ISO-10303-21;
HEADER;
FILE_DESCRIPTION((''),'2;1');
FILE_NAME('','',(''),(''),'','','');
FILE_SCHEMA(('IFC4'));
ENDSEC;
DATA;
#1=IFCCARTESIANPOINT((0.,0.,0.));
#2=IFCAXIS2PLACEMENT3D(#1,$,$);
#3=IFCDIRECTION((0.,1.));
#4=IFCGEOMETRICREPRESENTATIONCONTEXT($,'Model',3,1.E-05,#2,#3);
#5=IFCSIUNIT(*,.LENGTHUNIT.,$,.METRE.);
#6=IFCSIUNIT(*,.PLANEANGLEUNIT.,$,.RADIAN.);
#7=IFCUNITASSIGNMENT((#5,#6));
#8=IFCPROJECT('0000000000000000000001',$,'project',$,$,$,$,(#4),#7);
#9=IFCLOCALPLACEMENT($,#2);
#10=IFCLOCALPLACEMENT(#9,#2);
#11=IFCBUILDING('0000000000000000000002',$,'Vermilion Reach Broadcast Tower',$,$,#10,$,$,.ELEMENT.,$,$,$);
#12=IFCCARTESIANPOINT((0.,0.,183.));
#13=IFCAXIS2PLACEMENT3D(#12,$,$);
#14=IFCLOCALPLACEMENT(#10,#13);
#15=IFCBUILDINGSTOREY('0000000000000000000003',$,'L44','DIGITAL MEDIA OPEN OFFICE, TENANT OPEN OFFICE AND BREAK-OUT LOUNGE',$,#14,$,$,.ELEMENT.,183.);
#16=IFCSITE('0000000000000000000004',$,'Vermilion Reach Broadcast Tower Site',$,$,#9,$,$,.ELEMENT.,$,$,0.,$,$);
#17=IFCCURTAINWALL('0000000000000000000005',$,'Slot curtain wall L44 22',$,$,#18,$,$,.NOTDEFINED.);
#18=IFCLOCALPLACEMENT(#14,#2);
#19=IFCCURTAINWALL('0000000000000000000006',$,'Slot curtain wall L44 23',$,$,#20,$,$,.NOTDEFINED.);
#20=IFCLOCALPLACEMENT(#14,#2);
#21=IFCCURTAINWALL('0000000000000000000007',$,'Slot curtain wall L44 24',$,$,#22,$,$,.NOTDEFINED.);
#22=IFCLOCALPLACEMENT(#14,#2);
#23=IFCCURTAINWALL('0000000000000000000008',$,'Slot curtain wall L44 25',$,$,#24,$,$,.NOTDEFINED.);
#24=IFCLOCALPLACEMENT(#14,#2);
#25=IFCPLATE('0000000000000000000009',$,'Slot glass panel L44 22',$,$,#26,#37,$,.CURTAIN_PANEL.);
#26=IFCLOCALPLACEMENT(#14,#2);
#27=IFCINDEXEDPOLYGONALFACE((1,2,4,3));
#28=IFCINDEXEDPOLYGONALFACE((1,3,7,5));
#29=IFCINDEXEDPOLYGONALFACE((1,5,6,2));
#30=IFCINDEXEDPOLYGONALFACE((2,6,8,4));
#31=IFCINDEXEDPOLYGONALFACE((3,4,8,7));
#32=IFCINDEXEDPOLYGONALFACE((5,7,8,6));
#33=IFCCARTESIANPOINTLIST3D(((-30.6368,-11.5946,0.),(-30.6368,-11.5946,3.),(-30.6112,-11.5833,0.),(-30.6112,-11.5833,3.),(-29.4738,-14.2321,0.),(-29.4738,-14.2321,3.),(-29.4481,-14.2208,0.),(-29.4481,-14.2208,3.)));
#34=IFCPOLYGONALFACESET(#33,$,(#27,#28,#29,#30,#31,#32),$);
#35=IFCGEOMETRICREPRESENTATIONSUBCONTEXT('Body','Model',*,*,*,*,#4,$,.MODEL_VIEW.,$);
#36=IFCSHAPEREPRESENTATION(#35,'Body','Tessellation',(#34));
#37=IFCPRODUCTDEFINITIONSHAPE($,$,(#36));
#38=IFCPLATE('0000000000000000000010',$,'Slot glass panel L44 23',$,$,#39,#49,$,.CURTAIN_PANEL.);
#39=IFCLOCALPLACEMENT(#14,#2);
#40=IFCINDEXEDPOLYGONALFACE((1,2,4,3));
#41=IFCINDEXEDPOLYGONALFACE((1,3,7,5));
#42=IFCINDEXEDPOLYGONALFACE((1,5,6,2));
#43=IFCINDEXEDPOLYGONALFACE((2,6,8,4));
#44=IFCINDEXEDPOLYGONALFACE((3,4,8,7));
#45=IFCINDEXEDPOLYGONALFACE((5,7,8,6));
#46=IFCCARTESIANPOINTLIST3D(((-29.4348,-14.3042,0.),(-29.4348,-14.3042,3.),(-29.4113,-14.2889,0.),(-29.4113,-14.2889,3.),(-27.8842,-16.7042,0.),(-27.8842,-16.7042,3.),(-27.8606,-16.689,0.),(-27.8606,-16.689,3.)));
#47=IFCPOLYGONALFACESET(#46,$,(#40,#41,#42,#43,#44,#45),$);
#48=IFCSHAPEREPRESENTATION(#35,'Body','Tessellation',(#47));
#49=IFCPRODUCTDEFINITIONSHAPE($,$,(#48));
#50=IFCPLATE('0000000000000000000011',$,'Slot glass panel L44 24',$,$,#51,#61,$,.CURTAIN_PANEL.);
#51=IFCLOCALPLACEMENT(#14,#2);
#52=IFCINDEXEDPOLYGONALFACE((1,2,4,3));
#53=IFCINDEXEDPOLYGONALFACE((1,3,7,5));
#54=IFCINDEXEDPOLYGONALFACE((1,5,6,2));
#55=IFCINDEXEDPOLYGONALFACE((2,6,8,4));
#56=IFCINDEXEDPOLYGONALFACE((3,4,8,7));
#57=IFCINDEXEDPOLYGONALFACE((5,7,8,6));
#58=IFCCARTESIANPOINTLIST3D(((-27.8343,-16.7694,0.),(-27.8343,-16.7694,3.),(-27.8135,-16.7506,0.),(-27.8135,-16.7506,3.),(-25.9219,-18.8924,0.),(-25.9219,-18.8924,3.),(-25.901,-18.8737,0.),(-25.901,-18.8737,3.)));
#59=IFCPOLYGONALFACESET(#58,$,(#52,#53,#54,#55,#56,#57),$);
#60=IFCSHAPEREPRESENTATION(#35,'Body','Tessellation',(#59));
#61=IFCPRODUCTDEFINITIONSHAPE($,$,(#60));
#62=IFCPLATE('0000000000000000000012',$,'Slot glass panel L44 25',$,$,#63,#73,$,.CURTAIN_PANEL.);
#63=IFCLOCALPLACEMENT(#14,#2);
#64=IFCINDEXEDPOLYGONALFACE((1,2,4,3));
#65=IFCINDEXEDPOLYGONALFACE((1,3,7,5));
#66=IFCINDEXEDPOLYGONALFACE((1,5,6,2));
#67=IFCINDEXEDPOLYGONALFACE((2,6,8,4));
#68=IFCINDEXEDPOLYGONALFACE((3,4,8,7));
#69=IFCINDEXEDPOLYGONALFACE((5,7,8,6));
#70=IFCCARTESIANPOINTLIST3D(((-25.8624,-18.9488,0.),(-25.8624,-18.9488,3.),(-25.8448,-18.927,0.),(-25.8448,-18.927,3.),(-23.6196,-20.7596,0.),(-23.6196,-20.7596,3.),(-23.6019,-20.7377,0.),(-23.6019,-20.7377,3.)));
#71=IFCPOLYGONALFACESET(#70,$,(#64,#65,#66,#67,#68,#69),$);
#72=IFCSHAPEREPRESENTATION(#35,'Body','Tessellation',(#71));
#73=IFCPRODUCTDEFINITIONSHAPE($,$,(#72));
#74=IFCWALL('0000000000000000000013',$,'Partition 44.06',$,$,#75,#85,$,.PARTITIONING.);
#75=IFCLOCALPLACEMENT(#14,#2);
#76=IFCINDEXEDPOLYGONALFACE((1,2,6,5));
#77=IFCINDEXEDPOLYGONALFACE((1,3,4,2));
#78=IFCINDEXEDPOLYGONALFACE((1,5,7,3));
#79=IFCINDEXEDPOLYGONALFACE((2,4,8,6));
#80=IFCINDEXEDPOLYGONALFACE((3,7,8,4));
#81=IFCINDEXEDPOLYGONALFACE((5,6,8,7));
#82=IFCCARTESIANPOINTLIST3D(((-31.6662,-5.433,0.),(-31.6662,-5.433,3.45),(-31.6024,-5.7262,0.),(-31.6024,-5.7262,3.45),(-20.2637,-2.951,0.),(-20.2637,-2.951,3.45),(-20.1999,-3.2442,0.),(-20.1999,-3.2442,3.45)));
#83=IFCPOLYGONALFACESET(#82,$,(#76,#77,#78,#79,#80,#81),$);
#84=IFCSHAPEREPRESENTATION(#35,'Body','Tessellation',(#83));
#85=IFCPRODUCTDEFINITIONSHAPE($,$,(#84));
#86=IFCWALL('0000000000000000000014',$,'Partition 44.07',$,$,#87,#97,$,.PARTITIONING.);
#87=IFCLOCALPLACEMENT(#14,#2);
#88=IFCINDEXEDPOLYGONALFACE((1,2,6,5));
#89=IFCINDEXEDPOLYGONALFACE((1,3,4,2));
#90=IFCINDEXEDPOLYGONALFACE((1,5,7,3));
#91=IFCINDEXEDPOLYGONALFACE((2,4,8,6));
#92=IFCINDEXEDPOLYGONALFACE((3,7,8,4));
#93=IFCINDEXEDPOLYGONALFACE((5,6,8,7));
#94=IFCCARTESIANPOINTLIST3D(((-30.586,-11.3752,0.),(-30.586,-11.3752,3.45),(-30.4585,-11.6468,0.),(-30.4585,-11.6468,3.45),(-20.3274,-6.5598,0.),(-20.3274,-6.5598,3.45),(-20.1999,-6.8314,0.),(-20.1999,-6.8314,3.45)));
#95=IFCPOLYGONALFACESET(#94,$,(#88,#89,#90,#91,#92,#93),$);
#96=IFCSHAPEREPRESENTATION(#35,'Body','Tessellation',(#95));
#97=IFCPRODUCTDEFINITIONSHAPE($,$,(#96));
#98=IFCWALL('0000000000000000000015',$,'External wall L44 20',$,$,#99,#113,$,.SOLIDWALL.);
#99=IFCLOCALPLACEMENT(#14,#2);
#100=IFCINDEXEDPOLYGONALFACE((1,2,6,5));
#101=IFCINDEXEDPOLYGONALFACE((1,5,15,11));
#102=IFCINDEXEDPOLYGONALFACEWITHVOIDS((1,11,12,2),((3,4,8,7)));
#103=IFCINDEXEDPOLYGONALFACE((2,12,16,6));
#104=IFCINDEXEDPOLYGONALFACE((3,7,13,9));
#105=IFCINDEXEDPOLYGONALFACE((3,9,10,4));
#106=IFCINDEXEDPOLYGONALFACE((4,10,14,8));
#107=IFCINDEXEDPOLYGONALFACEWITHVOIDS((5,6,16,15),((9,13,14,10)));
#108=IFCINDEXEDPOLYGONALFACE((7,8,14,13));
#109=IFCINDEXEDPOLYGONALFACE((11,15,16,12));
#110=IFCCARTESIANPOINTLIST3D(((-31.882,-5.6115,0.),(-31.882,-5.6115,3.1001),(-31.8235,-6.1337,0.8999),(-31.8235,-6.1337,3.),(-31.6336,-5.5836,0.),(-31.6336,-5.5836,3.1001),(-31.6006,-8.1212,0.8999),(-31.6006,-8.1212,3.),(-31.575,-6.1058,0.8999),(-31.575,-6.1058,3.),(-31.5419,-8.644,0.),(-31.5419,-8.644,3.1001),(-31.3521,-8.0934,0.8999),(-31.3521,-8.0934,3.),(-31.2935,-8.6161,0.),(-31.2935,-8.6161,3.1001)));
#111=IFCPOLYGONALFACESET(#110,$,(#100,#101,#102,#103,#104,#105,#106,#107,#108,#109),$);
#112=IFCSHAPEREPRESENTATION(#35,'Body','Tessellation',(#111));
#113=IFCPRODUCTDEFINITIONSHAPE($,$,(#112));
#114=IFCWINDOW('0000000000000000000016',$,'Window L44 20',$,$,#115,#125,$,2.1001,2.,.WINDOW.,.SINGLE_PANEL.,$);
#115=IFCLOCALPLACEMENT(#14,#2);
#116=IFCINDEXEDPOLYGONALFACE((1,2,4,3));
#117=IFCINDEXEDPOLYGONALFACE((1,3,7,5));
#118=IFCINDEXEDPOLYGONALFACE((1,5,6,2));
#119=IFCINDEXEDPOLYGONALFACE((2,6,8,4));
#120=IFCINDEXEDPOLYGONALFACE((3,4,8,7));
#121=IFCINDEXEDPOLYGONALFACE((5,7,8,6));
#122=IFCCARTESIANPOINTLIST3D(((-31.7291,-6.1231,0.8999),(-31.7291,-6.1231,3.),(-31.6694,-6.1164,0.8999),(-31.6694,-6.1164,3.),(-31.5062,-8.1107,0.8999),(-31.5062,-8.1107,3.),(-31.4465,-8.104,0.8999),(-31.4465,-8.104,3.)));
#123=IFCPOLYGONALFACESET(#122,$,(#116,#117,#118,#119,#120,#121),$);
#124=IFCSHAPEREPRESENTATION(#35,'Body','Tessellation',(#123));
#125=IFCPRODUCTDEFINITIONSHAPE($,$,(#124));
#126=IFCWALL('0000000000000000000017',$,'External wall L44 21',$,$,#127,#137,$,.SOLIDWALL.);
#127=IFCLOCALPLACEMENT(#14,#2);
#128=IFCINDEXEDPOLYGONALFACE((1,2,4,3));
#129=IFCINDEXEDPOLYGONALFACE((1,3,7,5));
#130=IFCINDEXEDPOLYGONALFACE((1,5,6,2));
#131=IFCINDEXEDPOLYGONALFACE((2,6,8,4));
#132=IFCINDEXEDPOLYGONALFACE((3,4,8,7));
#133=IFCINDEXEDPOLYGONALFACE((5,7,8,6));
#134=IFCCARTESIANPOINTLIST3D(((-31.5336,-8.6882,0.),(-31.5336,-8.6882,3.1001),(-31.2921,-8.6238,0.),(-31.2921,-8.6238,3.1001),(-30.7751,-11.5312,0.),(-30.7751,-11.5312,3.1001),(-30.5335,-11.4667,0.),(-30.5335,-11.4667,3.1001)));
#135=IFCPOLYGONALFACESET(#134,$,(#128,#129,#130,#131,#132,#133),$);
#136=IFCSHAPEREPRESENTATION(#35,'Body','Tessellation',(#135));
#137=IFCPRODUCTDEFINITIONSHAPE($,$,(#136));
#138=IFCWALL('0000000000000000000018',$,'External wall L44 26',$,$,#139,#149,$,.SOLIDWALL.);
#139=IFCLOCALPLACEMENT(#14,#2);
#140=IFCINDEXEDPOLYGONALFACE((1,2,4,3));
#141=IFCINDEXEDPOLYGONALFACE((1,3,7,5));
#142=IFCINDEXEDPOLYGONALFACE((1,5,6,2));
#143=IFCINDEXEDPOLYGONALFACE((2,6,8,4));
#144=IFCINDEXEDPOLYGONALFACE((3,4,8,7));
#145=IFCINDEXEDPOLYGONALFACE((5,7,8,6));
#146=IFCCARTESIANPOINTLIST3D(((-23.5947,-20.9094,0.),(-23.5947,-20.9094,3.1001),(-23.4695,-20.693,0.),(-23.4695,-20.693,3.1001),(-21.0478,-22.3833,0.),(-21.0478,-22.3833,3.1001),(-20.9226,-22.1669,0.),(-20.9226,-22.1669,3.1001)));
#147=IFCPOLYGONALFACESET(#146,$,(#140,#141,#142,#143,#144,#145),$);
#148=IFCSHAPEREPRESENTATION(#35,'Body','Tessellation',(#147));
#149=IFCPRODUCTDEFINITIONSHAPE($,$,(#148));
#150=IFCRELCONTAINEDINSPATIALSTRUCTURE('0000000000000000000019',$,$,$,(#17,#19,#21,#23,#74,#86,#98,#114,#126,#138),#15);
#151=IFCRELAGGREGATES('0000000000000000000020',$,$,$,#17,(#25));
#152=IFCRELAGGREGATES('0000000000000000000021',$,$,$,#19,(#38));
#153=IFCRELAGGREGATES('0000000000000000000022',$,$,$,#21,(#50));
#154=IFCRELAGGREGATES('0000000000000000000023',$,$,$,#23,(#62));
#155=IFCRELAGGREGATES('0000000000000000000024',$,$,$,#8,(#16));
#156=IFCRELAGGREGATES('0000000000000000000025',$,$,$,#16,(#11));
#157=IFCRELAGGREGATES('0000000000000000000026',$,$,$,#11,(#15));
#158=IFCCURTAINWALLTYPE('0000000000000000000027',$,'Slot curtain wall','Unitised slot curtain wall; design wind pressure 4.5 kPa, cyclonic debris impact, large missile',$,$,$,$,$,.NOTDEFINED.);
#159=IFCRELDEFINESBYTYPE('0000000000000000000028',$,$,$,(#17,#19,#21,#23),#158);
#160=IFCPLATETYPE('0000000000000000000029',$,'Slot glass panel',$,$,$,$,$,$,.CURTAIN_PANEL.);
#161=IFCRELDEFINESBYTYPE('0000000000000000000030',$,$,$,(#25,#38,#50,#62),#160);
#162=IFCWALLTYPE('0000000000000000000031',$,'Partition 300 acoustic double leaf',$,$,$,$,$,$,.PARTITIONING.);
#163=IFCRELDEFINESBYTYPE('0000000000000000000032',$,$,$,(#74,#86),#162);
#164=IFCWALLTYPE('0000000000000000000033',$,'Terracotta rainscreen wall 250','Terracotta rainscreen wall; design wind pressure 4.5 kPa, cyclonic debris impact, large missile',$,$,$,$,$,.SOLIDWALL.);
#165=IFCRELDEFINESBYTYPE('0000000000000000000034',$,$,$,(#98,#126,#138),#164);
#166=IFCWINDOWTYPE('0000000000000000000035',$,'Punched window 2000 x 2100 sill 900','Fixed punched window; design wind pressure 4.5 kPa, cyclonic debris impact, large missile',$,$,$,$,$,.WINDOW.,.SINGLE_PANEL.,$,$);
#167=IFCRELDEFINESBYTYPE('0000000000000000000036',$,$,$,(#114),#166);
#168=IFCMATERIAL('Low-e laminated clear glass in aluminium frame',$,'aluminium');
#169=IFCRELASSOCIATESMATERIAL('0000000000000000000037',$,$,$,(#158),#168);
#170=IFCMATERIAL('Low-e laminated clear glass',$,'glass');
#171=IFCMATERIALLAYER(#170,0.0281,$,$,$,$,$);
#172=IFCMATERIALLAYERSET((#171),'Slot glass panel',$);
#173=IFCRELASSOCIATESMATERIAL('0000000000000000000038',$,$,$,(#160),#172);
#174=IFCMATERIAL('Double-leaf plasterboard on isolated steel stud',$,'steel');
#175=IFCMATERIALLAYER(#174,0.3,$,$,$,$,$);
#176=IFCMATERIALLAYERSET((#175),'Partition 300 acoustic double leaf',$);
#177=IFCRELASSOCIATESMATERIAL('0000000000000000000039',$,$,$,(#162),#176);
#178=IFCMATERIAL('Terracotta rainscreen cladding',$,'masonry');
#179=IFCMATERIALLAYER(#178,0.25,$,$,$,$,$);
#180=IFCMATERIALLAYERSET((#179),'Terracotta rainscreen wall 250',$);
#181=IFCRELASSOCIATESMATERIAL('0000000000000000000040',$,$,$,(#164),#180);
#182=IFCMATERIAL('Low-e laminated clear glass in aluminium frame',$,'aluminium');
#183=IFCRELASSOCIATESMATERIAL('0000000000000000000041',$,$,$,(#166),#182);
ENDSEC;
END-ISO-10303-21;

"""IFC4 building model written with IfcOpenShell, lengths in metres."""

from ifc_helpers import new_model, si_unit, direction, frame, frame_2d, origin, origin_2d, place, context, subcontext, project, spatial, rectangle, extrude, material, layer, layer_set, type_object, element, fill, aggregate, save


model = new_model("IFC4")

# Units and contexts
model_context = context("Model", 3, precision=1e-05, world=origin(), true_north=direction((0.0, 1.0)))
body_context = subcontext(model_context, "Body", "Model", "MODEL_VIEW")
ifc_project = project(units=[si_unit("LENGTHUNIT", "METRE"), si_unit("PLANEANGLEUNIT", "RADIAN")], contexts=[model_context])

# Site, building, storey
site_placement = place(None, origin())
site = spatial("IfcSite", under=ifc_project, at=site_placement, Name="Vermilion Reach Broadcast Tower Site", CompositionType="ELEMENT", RefElevation=0.0)
building_placement = place(site_placement, origin())
building = spatial("IfcBuilding", under=site, at=building_placement, Name="Vermilion Reach Broadcast Tower", CompositionType="ELEMENT")
storey_placement = place(building_placement, frame((0.0, 0.0, 183.0)))
storey = spatial("IfcBuildingStorey", under=building, at=storey_placement, Name="L44", Description="DIGITAL MEDIA OPEN OFFICE, TENANT OPEN OFFICE AND BREAK-OUT LOUNGE", CompositionType="ELEMENT", Elevation=183.0)

# Curtain walls
ifc_material_1 = material(Name="Low-e laminated clear glass in aluminium frame", Category="aluminium")
curtain_wall_type = type_object("IfcCurtainWallType", Name="Slot curtain wall", Description="Unitised slot curtain wall; design wind pressure 4.5 kPa, cyclonic debris impact, large missile", PredefinedType="NOTDEFINED", material=ifc_material_1)
placement = place(storey_placement, origin())
curtain_wall_1 = element("IfcCurtainWall", 1, at=placement, inside=storey, type_object=curtain_wall_type, Name="Slot curtain wall L44 22", PredefinedType="NOTDEFINED")
curtain_wall_2 = element("IfcCurtainWall", 2, at=placement, inside=storey, type_object=curtain_wall_type, Name="Slot curtain wall L44 23", PredefinedType="NOTDEFINED")
curtain_wall_3 = element("IfcCurtainWall", 3, at=placement, inside=storey, type_object=curtain_wall_type, Name="Slot curtain wall L44 24", PredefinedType="NOTDEFINED")

# Curtain wall
curtain_wall_4 = element("IfcCurtainWall", 4, at=placement, inside=storey, type_object=curtain_wall_type, Name="Slot curtain wall L44 25", PredefinedType="NOTDEFINED")

# Plates
ifc_material_2 = material(Name="Low-e laminated clear glass", Category="glass")
ifc_layer_1 = layer(ifc_material_2, 0.0281)
ifc_layer_set_1 = layer_set([ifc_layer_1], Name="Slot glass panel")
plate_type = type_object("IfcPlateType", Name="Slot glass panel", PredefinedType="CURTAIN_PANEL", material=ifc_layer_set_1)
plate_1_placement = place(storey_placement, frame((-30.0425, -12.9077, 0.0), z_axis=(0.0, 0.0, 1.0), x_axis=(0.403473, -0.914992, 0.0)))
plate_1 = element("IfcPlate", 5, at=plate_1_placement, type_object=plate_type, Name="Slot glass panel L44 22", PredefinedType="CURTAIN_PANEL", context=body_context, shape_type="SweptSolid", body=[
    extrude(rectangle(XDim=2.8826, YDim=0.0281, at=origin_2d()), origin(), (0.0, 0.0, 1.0), 3.0),
])
aggregate(curtain_wall_1, [plate_1])
plate_2_placement = place(storey_placement, frame((-28.6477, -15.4966, 0.0), z_axis=(0.0, 0.0, 1.0), x_axis=(0.542687, -0.839935, 0.0)))
plate_2 = element("IfcPlate", 6, at=plate_2_placement, type_object=plate_type, Name="Slot glass panel L44 23", PredefinedType="CURTAIN_PANEL", context=body_context, shape_type="SweptSolid", body=[
    extrude(rectangle(XDim=2.8574, YDim=0.0281, at=origin_2d()), origin(), (0.0, 0.0, 1.0), 3.0),
])
aggregate(curtain_wall_2, [plate_2])
plate_3_placement = place(storey_placement, frame((-26.8677, -17.8215, 0.0), z_axis=(0.0, 0.0, 1.0), x_axis=(0.669302, -0.74299, 0.0)))
plate_3 = element("IfcPlate", 7, at=plate_3_placement, type_object=plate_type, Name="Slot glass panel L44 24", PredefinedType="CURTAIN_PANEL", context=body_context, shape_type="SweptSolid", body=[
    extrude(rectangle(XDim=2.8574, YDim=0.0281, at=origin_2d()), origin(), (0.0, 0.0, 1.0), 3.0),
])
aggregate(curtain_wall_3, [plate_3])
plate_4_placement = place(storey_placement, frame((-24.7322, -19.8433, 0.0), z_axis=(0.0, 0.0, 1.0), x_axis=(0.778074, -0.628173, 0.0)))
plate_4 = element("IfcPlate", 8, at=plate_4_placement, type_object=plate_type, Name="Slot glass panel L44 25", PredefinedType="CURTAIN_PANEL", context=body_context, shape_type="SweptSolid", body=[
    extrude(rectangle(XDim=2.8826, YDim=0.0281, at=origin_2d()), origin(), (0.0, 0.0, 1.0), 3.0),
])
aggregate(curtain_wall_4, [plate_4])

# Walls
ifc_material_3 = material(Name="Double-leaf plasterboard on isolated steel stud", Category="steel")
ifc_layer_2 = layer(ifc_material_3, 0.3)
ifc_layer_set_2 = layer_set([ifc_layer_2], Name="Partition 300 acoustic double leaf")
wall_type_1 = type_object("IfcWallType", Name="Partition 300 acoustic double leaf", PredefinedType="PARTITIONING", material=ifc_layer_set_2)
wall_1_placement = place(storey_placement, frame((-31.6343, -5.5796, 0.0), z_axis=(0.0, 0.0, 1.0), x_axis=(0.97712, 0.212688, 0.0)))
element("IfcWall", 9, at=wall_1_placement, inside=storey, type_object=wall_type_1, Name="Partition 44.06", PredefinedType="PARTITIONING", context=body_context, shape_type="SweptSolid", body=[
    extrude(rectangle(XDim=11.6694, YDim=0.3, at=frame_2d((5.8347, 0.0))), origin(), (0.0, 0.0, 1.0), 3.45),
])
wall_2_placement = place(storey_placement, frame((-30.5222, -11.511, 0.0), z_axis=(0.0, 0.0, 1.0), x_axis=(0.90523, 0.424921, 0.0)))
element("IfcWall", 10, at=wall_2_placement, inside=storey, type_object=wall_type_1, Name="Partition 44.07", PredefinedType="PARTITIONING", context=body_context, shape_type="SweptSolid", body=[
    extrude(rectangle(XDim=11.3325, YDim=0.3, at=frame_2d((5.6663, 0.0))), origin(), (0.0, 0.0, 1.0), 3.45),
])

# Shared definitions
ifc_material_4 = material(Name="Terracotta rainscreen cladding", Category="masonry")
ifc_layer_3 = layer(ifc_material_4, 0.25)
ifc_layer_set_3 = layer_set([ifc_layer_3], Name="Terracotta rainscreen wall 250")
wall_type_2 = type_object("IfcWallType", Name="Terracotta rainscreen wall 250", Description="Terracotta rainscreen wall; design wind pressure 4.5 kPa, cyclonic debris impact, large missile", PredefinedType="SOLIDWALL", material=ifc_layer_set_3)

# Wall, opening, window
wall_3_placement = place(storey_placement, frame((-31.7578, -5.5974, 0.0), z_axis=(0.0, 0.0, 1.0), x_axis=(0.11145, -0.99377, 0.0)))
wall_3 = element("IfcWall", 11, at=wall_3_placement, inside=storey, type_object=wall_type_2, Name="External wall L44 20", PredefinedType="SOLIDWALL", context=body_context, shape_type="SweptSolid", body=[
    extrude(rectangle(XDim=3.0515, YDim=0.25, at=frame_2d((1.5259, 0.0))), origin(), (0.0, 0.0, 1.0), 3.1001),
])
opening_1_placement = place(wall_3_placement, frame((0.5256, 0.0, 0.8999)))
opening_1 = element("IfcOpeningElement", 12, at=opening_1_placement, cuts=wall_3, PredefinedType="OPENING", context=body_context, shape_type="SweptSolid", body=[
    extrude(rectangle(XDim=2.0, YDim=2.1001, at=frame_2d((1.0, 1.05))), frame((0.0, 0.135, 0.0), z_axis=(0.0, -1.0, 0.0), x_axis=(1.0, 0.0, 0.0)), (0.0, 0.0, 1.0), 0.27),
])
ifc_material_5 = material(Name="Low-e laminated clear glass in aluminium frame", Category="aluminium")
window_type = type_object("IfcWindowType", Name="Punched window 2000 x 2100 sill 900", Description="Fixed punched window; design wind pressure 4.5 kPa, cyclonic debris impact, large missile", PartitioningType="SINGLE_PANEL", PredefinedType="WINDOW", material=ifc_material_5)
window_placement = place(opening_1_placement, origin())
window = element("IfcWindow", 13, at=window_placement, inside=storey, type_object=window_type, Name="Window L44 20", OverallHeight=2.1001, OverallWidth=2.0, PartitioningType="SINGLE_PANEL", PredefinedType="WINDOW", context=body_context, shape_type="SweptSolid", body=[
    extrude(rectangle(XDim=2.0, YDim=2.1001, at=frame_2d((1.0, 1.05))), frame((0.0, 0.03, 0.0), z_axis=(0.0, -1.0, 0.0), x_axis=(1.0, 0.0, 0.0)), (0.0, 0.0, 1.0), 0.0601),
])
fill(opening_1, window)

# Walls
wall_4_placement = place(storey_placement, frame((-31.4128, -8.656, 0.0), z_axis=(0.0, 0.0, 1.0), x_axis=(0.257792, -0.966201, 0.0)))
element("IfcWall", 14, at=wall_4_placement, inside=storey, type_object=wall_type_2, Name="External wall L44 21", PredefinedType="SOLIDWALL", context=body_context, shape_type="SweptSolid", body=[
    extrude(rectangle(XDim=2.9424, YDim=0.25, at=frame_2d((1.4712, 0.0))), origin(), (0.0, 0.0, 1.0), 3.1001),
])
wall_5_placement = place(storey_placement, frame((-23.532, -20.8013, 0.0), z_axis=(0.0, 0.0, 1.0), x_axis=(0.865519, -0.500876, 0.0)))
element("IfcWall", 15, at=wall_5_placement, inside=storey, type_object=wall_type_2, Name="External wall L44 26", PredefinedType="SOLIDWALL", context=body_context, shape_type="SweptSolid", body=[
    extrude(rectangle(XDim=2.9426, YDim=0.25, at=frame_2d((1.4712, 0.0))), origin(), (0.0, 0.0, 1.0), 3.1001),
])

save(model, "model.ifc")
